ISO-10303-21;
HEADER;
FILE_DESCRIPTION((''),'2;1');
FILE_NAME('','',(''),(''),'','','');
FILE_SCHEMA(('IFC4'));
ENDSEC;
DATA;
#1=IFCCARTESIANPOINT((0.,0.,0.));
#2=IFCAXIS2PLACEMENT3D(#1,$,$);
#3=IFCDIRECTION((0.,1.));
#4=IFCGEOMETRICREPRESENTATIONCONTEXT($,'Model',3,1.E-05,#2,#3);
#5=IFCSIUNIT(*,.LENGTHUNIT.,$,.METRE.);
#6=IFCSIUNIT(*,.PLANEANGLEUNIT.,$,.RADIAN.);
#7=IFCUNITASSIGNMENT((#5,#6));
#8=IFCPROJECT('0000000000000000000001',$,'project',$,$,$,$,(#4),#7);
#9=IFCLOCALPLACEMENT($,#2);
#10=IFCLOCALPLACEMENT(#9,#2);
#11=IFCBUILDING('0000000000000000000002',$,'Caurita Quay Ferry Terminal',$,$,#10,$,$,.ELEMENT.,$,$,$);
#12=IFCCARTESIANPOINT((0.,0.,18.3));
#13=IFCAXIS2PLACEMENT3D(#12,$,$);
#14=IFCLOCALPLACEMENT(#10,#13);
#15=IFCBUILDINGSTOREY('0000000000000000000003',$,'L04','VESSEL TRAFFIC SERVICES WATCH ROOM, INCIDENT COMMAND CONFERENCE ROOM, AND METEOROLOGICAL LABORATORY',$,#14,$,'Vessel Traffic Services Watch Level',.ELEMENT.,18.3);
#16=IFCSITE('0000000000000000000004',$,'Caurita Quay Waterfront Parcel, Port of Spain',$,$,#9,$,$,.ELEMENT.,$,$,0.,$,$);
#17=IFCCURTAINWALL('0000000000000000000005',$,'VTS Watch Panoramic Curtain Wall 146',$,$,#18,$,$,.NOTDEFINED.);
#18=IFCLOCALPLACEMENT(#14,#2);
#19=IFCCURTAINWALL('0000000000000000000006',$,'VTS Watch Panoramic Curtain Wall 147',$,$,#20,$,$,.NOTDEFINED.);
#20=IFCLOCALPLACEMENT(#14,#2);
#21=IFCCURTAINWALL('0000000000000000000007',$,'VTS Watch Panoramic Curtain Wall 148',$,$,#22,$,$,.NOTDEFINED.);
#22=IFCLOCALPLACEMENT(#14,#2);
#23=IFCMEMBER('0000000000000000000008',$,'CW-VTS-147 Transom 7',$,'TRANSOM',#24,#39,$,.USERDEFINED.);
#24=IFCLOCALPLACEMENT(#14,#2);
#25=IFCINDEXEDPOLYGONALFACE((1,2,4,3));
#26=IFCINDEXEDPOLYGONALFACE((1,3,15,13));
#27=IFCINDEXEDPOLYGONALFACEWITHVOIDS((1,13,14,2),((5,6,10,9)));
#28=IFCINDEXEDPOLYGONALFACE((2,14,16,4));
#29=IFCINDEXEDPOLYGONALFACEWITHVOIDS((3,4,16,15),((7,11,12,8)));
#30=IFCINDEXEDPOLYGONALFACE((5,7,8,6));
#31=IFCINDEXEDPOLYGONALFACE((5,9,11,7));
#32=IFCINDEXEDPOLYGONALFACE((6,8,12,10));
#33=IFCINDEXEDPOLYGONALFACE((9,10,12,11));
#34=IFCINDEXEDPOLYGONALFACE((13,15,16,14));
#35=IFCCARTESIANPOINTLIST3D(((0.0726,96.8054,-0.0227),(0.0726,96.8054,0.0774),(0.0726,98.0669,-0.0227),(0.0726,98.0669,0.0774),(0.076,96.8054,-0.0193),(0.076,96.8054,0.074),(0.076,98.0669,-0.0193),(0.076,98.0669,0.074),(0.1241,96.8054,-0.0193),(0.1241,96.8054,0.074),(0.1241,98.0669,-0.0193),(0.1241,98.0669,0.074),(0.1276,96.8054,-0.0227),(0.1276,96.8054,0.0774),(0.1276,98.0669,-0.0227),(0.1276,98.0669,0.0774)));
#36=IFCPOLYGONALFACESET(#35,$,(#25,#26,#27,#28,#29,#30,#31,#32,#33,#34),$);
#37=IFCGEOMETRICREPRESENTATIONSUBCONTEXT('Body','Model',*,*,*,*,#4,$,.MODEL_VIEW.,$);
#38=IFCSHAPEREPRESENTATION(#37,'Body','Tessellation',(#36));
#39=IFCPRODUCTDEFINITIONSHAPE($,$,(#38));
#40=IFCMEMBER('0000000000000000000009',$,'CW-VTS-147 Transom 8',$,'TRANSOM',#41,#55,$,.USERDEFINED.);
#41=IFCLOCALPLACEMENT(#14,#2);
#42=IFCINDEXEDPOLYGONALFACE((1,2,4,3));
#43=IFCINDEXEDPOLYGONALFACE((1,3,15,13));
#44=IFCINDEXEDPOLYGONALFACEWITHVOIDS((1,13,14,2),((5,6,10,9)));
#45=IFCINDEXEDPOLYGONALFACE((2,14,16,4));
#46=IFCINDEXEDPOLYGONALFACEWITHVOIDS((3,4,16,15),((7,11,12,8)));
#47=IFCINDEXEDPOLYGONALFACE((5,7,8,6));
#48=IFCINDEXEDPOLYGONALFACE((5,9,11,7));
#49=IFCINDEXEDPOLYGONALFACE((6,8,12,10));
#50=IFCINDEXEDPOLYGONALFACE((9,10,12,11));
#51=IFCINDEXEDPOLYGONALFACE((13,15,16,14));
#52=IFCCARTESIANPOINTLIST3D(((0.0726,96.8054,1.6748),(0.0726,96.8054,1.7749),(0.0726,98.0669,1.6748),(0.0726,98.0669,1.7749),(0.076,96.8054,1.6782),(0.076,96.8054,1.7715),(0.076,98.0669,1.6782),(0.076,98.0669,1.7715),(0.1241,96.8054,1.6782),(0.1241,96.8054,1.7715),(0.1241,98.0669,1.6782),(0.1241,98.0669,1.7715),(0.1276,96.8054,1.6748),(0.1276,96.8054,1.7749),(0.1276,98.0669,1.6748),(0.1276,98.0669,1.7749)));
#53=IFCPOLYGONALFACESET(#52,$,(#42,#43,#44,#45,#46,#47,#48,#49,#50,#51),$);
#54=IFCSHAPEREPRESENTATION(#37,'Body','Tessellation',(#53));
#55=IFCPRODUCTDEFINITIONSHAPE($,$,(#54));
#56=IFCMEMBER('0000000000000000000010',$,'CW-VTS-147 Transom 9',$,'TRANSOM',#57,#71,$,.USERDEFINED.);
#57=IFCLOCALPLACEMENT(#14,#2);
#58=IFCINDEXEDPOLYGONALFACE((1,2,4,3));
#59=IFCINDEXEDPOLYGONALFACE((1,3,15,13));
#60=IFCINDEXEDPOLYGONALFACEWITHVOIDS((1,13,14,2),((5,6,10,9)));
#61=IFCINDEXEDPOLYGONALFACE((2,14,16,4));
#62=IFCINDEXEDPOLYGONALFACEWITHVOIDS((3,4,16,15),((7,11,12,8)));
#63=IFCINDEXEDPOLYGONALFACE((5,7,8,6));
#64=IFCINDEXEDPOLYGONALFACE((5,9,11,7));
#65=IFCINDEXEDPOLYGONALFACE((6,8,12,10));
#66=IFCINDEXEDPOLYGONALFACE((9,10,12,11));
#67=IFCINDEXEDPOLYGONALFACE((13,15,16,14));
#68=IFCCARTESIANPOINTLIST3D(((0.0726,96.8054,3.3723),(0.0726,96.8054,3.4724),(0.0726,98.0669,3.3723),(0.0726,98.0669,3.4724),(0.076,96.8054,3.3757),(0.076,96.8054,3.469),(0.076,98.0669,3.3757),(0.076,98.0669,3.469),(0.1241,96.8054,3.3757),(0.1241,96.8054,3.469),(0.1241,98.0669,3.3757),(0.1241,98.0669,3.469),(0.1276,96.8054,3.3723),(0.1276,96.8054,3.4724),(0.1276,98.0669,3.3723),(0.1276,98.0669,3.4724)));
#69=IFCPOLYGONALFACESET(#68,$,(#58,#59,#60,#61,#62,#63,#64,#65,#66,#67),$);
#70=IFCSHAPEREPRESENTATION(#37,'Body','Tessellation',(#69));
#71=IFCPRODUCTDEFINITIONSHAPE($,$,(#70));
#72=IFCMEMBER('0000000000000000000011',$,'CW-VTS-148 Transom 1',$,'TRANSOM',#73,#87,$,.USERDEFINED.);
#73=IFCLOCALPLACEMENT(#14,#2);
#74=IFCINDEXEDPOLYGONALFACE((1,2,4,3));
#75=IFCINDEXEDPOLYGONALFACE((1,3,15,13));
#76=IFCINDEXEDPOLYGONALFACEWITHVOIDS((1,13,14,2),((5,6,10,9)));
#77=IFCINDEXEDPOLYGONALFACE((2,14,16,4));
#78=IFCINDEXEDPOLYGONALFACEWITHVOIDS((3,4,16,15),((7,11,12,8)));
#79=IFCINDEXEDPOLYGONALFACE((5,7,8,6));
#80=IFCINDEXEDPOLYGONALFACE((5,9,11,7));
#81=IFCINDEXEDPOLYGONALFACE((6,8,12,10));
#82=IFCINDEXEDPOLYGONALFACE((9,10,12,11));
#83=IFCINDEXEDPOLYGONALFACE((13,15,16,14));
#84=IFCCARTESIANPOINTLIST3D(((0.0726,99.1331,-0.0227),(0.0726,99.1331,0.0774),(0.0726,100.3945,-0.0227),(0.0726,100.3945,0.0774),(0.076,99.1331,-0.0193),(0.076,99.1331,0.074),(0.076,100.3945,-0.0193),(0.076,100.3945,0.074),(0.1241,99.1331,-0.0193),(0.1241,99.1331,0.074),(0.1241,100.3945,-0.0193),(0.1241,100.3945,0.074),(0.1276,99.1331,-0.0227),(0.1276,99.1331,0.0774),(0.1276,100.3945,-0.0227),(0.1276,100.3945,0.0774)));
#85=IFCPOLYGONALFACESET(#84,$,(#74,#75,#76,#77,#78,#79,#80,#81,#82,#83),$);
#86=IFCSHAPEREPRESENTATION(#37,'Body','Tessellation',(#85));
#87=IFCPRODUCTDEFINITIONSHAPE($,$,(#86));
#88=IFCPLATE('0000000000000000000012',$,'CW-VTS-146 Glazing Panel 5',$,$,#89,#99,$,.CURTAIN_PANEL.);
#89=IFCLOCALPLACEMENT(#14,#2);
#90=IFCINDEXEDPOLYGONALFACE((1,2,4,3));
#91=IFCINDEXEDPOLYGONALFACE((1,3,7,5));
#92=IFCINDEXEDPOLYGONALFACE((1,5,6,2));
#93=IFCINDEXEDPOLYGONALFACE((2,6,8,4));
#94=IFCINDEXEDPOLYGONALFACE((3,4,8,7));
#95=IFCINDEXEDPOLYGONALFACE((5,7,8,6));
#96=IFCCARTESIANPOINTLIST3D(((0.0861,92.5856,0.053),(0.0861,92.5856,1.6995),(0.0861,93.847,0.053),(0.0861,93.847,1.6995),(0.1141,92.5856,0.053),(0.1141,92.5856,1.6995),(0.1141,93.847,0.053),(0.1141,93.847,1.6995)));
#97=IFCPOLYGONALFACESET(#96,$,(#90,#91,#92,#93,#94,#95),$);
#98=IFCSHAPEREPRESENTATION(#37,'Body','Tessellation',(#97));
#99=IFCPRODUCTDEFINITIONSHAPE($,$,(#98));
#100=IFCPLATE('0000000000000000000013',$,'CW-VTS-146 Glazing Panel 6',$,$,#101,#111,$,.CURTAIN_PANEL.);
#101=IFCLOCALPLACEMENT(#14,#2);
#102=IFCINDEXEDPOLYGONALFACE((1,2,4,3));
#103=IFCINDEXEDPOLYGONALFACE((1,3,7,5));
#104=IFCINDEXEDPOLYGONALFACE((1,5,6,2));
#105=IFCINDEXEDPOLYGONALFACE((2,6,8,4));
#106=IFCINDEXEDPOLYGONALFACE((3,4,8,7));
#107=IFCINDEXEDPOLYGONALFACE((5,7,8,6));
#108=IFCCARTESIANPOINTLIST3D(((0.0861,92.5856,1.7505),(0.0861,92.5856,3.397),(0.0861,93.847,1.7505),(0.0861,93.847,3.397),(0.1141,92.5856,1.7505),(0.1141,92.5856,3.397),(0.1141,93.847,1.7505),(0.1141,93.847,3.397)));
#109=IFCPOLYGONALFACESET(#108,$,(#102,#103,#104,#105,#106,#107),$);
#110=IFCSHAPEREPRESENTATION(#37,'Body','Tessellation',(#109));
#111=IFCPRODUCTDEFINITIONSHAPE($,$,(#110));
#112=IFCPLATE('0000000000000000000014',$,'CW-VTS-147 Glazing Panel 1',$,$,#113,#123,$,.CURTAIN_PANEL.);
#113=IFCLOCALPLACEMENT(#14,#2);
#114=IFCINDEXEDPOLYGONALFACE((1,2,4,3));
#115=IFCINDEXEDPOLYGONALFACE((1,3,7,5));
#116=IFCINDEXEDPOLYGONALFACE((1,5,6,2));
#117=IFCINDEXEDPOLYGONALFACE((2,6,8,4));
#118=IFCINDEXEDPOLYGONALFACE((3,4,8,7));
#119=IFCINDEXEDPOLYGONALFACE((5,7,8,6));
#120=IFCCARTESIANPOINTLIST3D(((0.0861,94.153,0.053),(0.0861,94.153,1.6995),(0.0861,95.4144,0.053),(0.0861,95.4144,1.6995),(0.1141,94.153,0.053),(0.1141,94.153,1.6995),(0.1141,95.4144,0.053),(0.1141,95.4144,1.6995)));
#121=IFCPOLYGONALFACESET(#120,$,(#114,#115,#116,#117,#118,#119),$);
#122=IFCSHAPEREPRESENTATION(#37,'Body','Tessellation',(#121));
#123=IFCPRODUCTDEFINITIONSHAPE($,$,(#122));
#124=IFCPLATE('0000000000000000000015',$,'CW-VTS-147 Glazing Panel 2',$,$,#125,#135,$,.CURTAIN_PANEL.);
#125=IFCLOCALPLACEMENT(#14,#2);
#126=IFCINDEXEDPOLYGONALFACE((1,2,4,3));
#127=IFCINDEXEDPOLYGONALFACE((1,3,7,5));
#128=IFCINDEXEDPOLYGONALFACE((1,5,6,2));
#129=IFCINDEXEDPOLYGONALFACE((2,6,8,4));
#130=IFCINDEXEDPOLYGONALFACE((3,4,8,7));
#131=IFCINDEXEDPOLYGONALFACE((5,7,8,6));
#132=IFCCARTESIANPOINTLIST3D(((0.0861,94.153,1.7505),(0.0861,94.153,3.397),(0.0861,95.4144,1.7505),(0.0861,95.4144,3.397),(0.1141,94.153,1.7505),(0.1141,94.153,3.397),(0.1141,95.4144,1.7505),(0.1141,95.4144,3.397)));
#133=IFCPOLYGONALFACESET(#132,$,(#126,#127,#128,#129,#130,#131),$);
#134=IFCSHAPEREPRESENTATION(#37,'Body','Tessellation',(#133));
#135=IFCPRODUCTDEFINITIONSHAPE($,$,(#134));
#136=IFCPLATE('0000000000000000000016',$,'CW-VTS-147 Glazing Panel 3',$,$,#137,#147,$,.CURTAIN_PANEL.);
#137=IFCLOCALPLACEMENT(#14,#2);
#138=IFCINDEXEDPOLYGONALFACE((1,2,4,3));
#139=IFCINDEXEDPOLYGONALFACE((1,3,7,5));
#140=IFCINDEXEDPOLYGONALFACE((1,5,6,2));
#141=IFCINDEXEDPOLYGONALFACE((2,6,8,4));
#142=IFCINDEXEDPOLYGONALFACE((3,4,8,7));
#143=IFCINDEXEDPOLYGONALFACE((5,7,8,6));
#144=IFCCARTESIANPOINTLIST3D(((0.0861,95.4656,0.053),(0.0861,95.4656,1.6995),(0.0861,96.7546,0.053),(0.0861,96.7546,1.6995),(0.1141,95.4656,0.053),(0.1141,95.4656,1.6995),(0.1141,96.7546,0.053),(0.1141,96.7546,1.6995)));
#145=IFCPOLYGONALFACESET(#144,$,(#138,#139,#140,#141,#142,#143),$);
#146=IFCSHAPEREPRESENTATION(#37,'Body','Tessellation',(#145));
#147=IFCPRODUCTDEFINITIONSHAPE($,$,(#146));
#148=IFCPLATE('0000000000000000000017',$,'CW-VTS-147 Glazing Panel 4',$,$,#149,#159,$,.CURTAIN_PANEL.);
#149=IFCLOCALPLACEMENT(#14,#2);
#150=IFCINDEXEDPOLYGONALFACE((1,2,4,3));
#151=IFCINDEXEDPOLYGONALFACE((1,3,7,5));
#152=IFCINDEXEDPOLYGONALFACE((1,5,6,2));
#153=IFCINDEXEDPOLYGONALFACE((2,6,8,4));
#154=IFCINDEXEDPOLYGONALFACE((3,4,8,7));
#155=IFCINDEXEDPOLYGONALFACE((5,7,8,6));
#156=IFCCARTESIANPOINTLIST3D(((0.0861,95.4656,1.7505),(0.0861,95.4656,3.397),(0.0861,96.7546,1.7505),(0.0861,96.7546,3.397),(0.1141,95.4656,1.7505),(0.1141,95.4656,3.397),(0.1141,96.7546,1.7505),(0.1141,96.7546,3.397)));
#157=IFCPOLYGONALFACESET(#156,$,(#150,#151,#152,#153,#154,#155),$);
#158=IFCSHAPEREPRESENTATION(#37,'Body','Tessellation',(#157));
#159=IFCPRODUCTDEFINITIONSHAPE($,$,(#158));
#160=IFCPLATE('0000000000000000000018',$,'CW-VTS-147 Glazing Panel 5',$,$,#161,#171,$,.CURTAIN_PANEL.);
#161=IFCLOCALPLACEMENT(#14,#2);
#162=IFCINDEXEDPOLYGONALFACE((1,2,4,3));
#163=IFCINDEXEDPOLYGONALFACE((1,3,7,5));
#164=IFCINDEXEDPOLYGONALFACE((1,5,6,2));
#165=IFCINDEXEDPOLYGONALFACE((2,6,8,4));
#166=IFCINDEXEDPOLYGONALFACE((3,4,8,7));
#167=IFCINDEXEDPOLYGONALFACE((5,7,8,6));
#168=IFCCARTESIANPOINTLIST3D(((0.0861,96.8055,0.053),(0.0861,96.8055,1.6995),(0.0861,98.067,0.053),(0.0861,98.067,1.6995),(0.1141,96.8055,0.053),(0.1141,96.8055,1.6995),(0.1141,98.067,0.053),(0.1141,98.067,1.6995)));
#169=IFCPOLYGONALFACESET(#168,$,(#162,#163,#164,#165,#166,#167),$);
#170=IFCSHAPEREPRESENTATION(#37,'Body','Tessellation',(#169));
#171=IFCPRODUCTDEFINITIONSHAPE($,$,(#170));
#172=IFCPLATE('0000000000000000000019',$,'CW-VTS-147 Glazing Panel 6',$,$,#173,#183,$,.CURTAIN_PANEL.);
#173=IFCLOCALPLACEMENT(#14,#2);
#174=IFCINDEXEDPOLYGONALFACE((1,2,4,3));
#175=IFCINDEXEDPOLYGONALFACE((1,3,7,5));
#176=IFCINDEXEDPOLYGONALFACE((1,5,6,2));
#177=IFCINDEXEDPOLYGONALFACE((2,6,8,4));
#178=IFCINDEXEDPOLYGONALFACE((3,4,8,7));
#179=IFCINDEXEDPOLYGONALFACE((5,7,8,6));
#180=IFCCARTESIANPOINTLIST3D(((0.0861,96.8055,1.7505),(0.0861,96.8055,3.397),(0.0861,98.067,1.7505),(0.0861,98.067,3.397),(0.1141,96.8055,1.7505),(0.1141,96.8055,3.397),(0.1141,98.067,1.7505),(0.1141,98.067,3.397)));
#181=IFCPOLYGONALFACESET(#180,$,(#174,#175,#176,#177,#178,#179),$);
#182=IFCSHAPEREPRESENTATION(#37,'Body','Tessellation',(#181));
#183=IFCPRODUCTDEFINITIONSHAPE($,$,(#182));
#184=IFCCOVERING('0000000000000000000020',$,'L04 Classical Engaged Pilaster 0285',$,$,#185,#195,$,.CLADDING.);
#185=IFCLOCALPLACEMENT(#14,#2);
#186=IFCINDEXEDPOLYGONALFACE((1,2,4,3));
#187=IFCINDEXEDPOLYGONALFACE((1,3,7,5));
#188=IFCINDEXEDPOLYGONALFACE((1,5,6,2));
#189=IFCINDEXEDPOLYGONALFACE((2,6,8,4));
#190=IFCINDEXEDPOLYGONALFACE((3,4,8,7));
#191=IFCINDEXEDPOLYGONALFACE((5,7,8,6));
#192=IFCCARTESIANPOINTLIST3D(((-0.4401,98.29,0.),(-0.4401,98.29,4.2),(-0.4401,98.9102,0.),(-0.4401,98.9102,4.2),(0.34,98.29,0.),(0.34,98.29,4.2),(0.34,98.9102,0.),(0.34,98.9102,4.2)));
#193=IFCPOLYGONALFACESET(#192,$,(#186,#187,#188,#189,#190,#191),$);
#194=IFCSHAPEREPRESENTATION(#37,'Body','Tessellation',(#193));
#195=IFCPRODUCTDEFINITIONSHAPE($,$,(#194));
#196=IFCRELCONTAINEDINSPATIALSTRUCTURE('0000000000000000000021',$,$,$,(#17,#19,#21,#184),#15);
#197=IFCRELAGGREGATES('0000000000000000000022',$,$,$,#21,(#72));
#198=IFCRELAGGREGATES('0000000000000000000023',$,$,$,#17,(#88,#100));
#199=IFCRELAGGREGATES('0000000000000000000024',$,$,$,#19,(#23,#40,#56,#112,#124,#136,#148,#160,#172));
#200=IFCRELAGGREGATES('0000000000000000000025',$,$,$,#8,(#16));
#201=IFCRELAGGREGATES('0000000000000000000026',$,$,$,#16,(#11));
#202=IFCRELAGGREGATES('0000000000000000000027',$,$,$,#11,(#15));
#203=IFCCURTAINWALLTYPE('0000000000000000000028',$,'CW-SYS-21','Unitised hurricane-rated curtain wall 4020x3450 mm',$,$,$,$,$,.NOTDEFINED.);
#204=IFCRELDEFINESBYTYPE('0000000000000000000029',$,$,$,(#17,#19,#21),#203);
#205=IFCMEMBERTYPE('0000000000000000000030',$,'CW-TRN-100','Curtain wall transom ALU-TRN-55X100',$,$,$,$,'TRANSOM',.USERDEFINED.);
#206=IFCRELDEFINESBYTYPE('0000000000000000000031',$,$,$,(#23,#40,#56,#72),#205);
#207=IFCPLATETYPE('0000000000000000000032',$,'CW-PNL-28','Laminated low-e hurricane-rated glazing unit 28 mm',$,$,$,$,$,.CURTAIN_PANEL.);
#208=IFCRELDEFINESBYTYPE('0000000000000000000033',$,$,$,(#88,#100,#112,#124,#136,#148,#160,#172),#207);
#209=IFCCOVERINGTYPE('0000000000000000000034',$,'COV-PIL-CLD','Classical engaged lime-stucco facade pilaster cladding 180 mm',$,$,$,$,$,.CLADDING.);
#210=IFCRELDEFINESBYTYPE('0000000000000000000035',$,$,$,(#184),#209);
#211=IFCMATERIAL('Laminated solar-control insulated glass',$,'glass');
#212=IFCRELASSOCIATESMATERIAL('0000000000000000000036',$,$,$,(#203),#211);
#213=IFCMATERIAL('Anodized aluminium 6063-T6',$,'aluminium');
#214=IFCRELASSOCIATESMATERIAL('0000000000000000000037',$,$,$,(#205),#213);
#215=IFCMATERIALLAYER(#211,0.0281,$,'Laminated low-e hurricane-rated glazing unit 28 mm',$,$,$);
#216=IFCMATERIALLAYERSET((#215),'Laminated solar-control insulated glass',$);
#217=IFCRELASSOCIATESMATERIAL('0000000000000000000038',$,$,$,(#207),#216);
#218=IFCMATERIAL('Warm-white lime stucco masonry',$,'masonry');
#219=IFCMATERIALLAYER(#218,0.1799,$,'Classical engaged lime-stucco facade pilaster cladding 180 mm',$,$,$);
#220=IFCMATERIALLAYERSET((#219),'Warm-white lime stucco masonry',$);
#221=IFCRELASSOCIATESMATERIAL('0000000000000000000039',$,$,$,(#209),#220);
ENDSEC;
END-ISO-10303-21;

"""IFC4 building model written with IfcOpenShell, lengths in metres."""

from ifc_helpers import new_model, si_unit, direction, frame, origin, origin_2d, place, context, subcontext, project, spatial, rectangle, hollow_rectangle, extrude, material, layer, layer_set, material_profile, profile_set, type_object, element, aggregate, save


model = new_model("IFC4")

# Units and contexts
model_context = context("Model", 3, precision=1e-05, world=origin(), true_north=direction((0.0, 1.0)))
body_context = subcontext(model_context, "Body", "Model", "MODEL_VIEW")
ifc_project = project(units=[si_unit("LENGTHUNIT", "METRE"), si_unit("PLANEANGLEUNIT", "RADIAN")], contexts=[model_context])

# Site, building, storey
site_placement = place(None, origin())
site = spatial("IfcSite", under=ifc_project, at=site_placement, Name="Caurita Quay Waterfront Parcel, Port of Spain", CompositionType="ELEMENT", RefElevation=0.0)
building_placement = place(site_placement, origin())
building = spatial("IfcBuilding", under=site, at=building_placement, Name="Caurita Quay Ferry Terminal", CompositionType="ELEMENT")
storey_placement = place(building_placement, frame((0.0, 0.0, 18.3)))
storey = spatial("IfcBuildingStorey", under=building, at=storey_placement, Name="L04", Description="VESSEL TRAFFIC SERVICES WATCH ROOM, INCIDENT COMMAND CONFERENCE ROOM, AND METEOROLOGICAL LABORATORY", LongName="Vessel Traffic Services Watch Level", CompositionType="ELEMENT", Elevation=18.3)

# Curtain wall
ifc_material_1 = material(Name="Laminated solar-control insulated glass", Category="glass")
curtain_wall_type = type_object("IfcCurtainWallType", Name="CW-SYS-21", Description="Unitised hurricane-rated curtain wall 4020x3450 mm", PredefinedType="NOTDEFINED", material=ifc_material_1)
curtain_wall_1_placement = place(storey_placement, origin())
curtain_wall_1 = element("IfcCurtainWall", 1, at=curtain_wall_1_placement, inside=storey, type_object=curtain_wall_type, Name="VTS Watch Panoramic Curtain Wall 146", PredefinedType="NOTDEFINED")
ifc_material_2 = material(Name="Anodized aluminium 6063-T6", Category="aluminium")

# Curtain wall
curtain_wall_2_placement = place(storey_placement, origin())
curtain_wall_2 = element("IfcCurtainWall", 2, at=curtain_wall_2_placement, inside=storey, type_object=curtain_wall_type, Name="VTS Watch Panoramic Curtain Wall 147", PredefinedType="NOTDEFINED")

# Curtain wall
curtain_wall_3_placement = place(storey_placement, origin())
curtain_wall_3 = element("IfcCurtainWall", 3, at=curtain_wall_3_placement, inside=storey, type_object=curtain_wall_type, Name="VTS Watch Panoramic Curtain Wall 148", PredefinedType="NOTDEFINED")

# Members
ifc_material_profile_1 = material_profile(ifc_material_2, hollow_rectangle(XDim=0.0549, YDim=0.1001, WallThickness=0.0034, at=origin_2d()), Name="ALU-TRN-55X100")
ifc_profile_set_1 = profile_set([ifc_material_profile_1], Name="Anodized aluminium 6063-T6")
member_type_1 = type_object("IfcMemberType", Name="CW-TRN-100", Description="Curtain wall transom ALU-TRN-55X100", ElementType="TRANSOM", PredefinedType="USERDEFINED", material=ifc_profile_set_1)
member_1_placement = place(storey_placement, frame((0.1001, 96.8054, 0.0273), z_axis=(0.0, 1.0, 0.0), x_axis=(-1.0, 0.0, 0.0)))
member_1 = element("IfcMember", 4, at=member_1_placement, type_object=member_type_1, Name="CW-VTS-147 Transom 7", ObjectType="TRANSOM", PredefinedType="USERDEFINED", context=body_context, shape_type="SweptSolid", body=[
    extrude(hollow_rectangle(XDim=0.0549, YDim=0.1001, WallThickness=0.0034, at=origin_2d()), origin(), (0.0, 0.0, 1.0), 1.2615),
])
member_2_placement = place(storey_placement, frame((0.1001, 96.8054, 1.7249), z_axis=(0.0, 1.0, 0.0), x_axis=(-1.0, 0.0, 0.0)))
member_2 = element("IfcMember", 5, at=member_2_placement, type_object=member_type_1, Name="CW-VTS-147 Transom 8", ObjectType="TRANSOM", PredefinedType="USERDEFINED", context=body_context, shape_type="SweptSolid", body=[
    extrude(hollow_rectangle(XDim=0.0549, YDim=0.1001, WallThickness=0.0034, at=origin_2d()), origin(), (0.0, 0.0, 1.0), 1.2615),
])
member_3_placement = place(storey_placement, frame((0.1001, 96.8054, 3.4224), z_axis=(0.0, 1.0, 0.0), x_axis=(-1.0, 0.0, 0.0)))
member_3 = element("IfcMember", 6, at=member_3_placement, type_object=member_type_1, Name="CW-VTS-147 Transom 9", ObjectType="TRANSOM", PredefinedType="USERDEFINED", context=body_context, shape_type="SweptSolid", body=[
    extrude(hollow_rectangle(XDim=0.0549, YDim=0.1001, WallThickness=0.0034, at=origin_2d()), origin(), (0.0, 0.0, 1.0), 1.2615),
])
member_4_placement = place(storey_placement, frame((0.1001, 99.1331, 0.0273), z_axis=(0.0, 1.0, 0.0), x_axis=(-1.0, 0.0, 0.0)))
member_4 = element("IfcMember", 7, at=member_4_placement, type_object=member_type_1, Name="CW-VTS-148 Transom 1", ObjectType="TRANSOM", PredefinedType="USERDEFINED", context=body_context, shape_type="SweptSolid", body=[
    extrude(hollow_rectangle(XDim=0.0549, YDim=0.1001, WallThickness=0.0034, at=origin_2d()), origin(), (0.0, 0.0, 1.0), 1.2615),
])
aggregate(curtain_wall_3, [member_4])

# Plates
ifc_layer_1 = layer(ifc_material_1, 0.0281, Name="Laminated low-e hurricane-rated glazing unit 28 mm")
ifc_layer_set_1 = layer_set([ifc_layer_1], Name="Laminated solar-control insulated glass")
plate_type = type_object("IfcPlateType", Name="CW-PNL-28", Description="Laminated low-e hurricane-rated glazing unit 28 mm", PredefinedType="CURTAIN_PANEL", material=ifc_layer_set_1)
plate_1_placement = place(storey_placement, frame((0.1001, 93.2163, 0.053), z_axis=(0.0, 0.0, 1.0), x_axis=(0.0, 1.0, 0.0)))
plate_1 = element("IfcPlate", 8, at=plate_1_placement, type_object=plate_type, Name="CW-VTS-146 Glazing Panel 5", PredefinedType="CURTAIN_PANEL", context=body_context, shape_type="SweptSolid", body=[
    extrude(rectangle(XDim=1.2615, YDim=0.0281, at=origin_2d()), origin(), (0.0, 0.0, 1.0), 1.6465),
])
plate_2_placement = place(storey_placement, frame((0.1001, 93.2163, 1.7505), z_axis=(0.0, 0.0, 1.0), x_axis=(0.0, 1.0, 0.0)))
plate_2 = element("IfcPlate", 9, at=plate_2_placement, type_object=plate_type, Name="CW-VTS-146 Glazing Panel 6", PredefinedType="CURTAIN_PANEL", context=body_context, shape_type="SweptSolid", body=[
    extrude(rectangle(XDim=1.2615, YDim=0.0281, at=origin_2d()), origin(), (0.0, 0.0, 1.0), 1.6465),
])
aggregate(curtain_wall_1, [plate_1, plate_2])
plate_3_placement = place(storey_placement, frame((0.1001, 94.7837, 0.053), z_axis=(0.0, 0.0, 1.0), x_axis=(0.0, 1.0, 0.0)))
plate_3 = element("IfcPlate", 10, at=plate_3_placement, type_object=plate_type, Name="CW-VTS-147 Glazing Panel 1", PredefinedType="CURTAIN_PANEL", context=body_context, shape_type="SweptSolid", body=[
    extrude(rectangle(XDim=1.2615, YDim=0.0281, at=origin_2d()), origin(), (0.0, 0.0, 1.0), 1.6465),
])
plate_4_placement = place(storey_placement, frame((0.1001, 94.7837, 1.7505), z_axis=(0.0, 0.0, 1.0), x_axis=(0.0, 1.0, 0.0)))
plate_4 = element("IfcPlate", 11, at=plate_4_placement, type_object=plate_type, Name="CW-VTS-147 Glazing Panel 2", PredefinedType="CURTAIN_PANEL", context=body_context, shape_type="SweptSolid", body=[
    extrude(rectangle(XDim=1.2615, YDim=0.0281, at=origin_2d()), origin(), (0.0, 0.0, 1.0), 1.6465),
])
plate_5_placement = place(storey_placement, frame((0.1001, 96.1101, 0.053), z_axis=(0.0, 0.0, 1.0), x_axis=(0.0, 1.0, 0.0)))
plate_5 = element("IfcPlate", 12, at=plate_5_placement, type_object=plate_type, Name="CW-VTS-147 Glazing Panel 3", PredefinedType="CURTAIN_PANEL", context=body_context, shape_type="SweptSolid", body=[
    extrude(rectangle(XDim=1.2891, YDim=0.0281, at=origin_2d()), origin(), (0.0, 0.0, 1.0), 1.6465),
])
plate_6_placement = place(storey_placement, frame((0.1001, 96.1101, 1.7505), z_axis=(0.0, 0.0, 1.0), x_axis=(0.0, 1.0, 0.0)))
plate_6 = element("IfcPlate", 13, at=plate_6_placement, type_object=plate_type, Name="CW-VTS-147 Glazing Panel 4", PredefinedType="CURTAIN_PANEL", context=body_context, shape_type="SweptSolid", body=[
    extrude(rectangle(XDim=1.2891, YDim=0.0281, at=origin_2d()), origin(), (0.0, 0.0, 1.0), 1.6465),
])
plate_7_placement = place(storey_placement, frame((0.1001, 97.4363, 0.053), z_axis=(0.0, 0.0, 1.0), x_axis=(0.0, 1.0, 0.0)))
plate_7 = element("IfcPlate", 14, at=plate_7_placement, type_object=plate_type, Name="CW-VTS-147 Glazing Panel 5", PredefinedType="CURTAIN_PANEL", context=body_context, shape_type="SweptSolid", body=[
    extrude(rectangle(XDim=1.2615, YDim=0.0281, at=origin_2d()), origin(), (0.0, 0.0, 1.0), 1.6465),
])
plate_8_placement = place(storey_placement, frame((0.1001, 97.4363, 1.7505), z_axis=(0.0, 0.0, 1.0), x_axis=(0.0, 1.0, 0.0)))
plate_8 = element("IfcPlate", 15, at=plate_8_placement, type_object=plate_type, Name="CW-VTS-147 Glazing Panel 6", PredefinedType="CURTAIN_PANEL", context=body_context, shape_type="SweptSolid", body=[
    extrude(rectangle(XDim=1.2615, YDim=0.0281, at=origin_2d()), origin(), (0.0, 0.0, 1.0), 1.6465),
])
aggregate(curtain_wall_2, [member_1, member_2, member_3, plate_3, plate_4, plate_5, plate_6, plate_7, plate_8])

# Covering
ifc_material_3 = material(Name="Warm-white lime stucco masonry", Category="masonry")
ifc_layer_2 = layer(ifc_material_3, 0.1799, Name="Classical engaged lime-stucco facade pilaster cladding 180 mm")
ifc_layer_set_2 = layer_set([ifc_layer_2], Name="Warm-white lime stucco masonry")
covering_type = type_object("IfcCoveringType", Name="COV-PIL-CLD", Description="Classical engaged lime-stucco facade pilaster cladding 180 mm", PredefinedType="CLADDING", material=ifc_layer_set_2)
covering_placement = place(storey_placement, frame((-0.05, 98.6001, 0.0), z_axis=(0.0, 0.0, 1.0), x_axis=(1.0, 0.0, 0.0)))
element("IfcCovering", 16, at=covering_placement, inside=storey, type_object=covering_type, Name="L04 Classical Engaged Pilaster 0285", PredefinedType="CLADDING", context=body_context, shape_type="SweptSolid", body=[
    extrude(rectangle(XDim=0.78, YDim=0.6201, at=origin_2d()), origin(), (0.0, 0.0, 1.0), 4.2),
])

save(model, "model.ifc")
